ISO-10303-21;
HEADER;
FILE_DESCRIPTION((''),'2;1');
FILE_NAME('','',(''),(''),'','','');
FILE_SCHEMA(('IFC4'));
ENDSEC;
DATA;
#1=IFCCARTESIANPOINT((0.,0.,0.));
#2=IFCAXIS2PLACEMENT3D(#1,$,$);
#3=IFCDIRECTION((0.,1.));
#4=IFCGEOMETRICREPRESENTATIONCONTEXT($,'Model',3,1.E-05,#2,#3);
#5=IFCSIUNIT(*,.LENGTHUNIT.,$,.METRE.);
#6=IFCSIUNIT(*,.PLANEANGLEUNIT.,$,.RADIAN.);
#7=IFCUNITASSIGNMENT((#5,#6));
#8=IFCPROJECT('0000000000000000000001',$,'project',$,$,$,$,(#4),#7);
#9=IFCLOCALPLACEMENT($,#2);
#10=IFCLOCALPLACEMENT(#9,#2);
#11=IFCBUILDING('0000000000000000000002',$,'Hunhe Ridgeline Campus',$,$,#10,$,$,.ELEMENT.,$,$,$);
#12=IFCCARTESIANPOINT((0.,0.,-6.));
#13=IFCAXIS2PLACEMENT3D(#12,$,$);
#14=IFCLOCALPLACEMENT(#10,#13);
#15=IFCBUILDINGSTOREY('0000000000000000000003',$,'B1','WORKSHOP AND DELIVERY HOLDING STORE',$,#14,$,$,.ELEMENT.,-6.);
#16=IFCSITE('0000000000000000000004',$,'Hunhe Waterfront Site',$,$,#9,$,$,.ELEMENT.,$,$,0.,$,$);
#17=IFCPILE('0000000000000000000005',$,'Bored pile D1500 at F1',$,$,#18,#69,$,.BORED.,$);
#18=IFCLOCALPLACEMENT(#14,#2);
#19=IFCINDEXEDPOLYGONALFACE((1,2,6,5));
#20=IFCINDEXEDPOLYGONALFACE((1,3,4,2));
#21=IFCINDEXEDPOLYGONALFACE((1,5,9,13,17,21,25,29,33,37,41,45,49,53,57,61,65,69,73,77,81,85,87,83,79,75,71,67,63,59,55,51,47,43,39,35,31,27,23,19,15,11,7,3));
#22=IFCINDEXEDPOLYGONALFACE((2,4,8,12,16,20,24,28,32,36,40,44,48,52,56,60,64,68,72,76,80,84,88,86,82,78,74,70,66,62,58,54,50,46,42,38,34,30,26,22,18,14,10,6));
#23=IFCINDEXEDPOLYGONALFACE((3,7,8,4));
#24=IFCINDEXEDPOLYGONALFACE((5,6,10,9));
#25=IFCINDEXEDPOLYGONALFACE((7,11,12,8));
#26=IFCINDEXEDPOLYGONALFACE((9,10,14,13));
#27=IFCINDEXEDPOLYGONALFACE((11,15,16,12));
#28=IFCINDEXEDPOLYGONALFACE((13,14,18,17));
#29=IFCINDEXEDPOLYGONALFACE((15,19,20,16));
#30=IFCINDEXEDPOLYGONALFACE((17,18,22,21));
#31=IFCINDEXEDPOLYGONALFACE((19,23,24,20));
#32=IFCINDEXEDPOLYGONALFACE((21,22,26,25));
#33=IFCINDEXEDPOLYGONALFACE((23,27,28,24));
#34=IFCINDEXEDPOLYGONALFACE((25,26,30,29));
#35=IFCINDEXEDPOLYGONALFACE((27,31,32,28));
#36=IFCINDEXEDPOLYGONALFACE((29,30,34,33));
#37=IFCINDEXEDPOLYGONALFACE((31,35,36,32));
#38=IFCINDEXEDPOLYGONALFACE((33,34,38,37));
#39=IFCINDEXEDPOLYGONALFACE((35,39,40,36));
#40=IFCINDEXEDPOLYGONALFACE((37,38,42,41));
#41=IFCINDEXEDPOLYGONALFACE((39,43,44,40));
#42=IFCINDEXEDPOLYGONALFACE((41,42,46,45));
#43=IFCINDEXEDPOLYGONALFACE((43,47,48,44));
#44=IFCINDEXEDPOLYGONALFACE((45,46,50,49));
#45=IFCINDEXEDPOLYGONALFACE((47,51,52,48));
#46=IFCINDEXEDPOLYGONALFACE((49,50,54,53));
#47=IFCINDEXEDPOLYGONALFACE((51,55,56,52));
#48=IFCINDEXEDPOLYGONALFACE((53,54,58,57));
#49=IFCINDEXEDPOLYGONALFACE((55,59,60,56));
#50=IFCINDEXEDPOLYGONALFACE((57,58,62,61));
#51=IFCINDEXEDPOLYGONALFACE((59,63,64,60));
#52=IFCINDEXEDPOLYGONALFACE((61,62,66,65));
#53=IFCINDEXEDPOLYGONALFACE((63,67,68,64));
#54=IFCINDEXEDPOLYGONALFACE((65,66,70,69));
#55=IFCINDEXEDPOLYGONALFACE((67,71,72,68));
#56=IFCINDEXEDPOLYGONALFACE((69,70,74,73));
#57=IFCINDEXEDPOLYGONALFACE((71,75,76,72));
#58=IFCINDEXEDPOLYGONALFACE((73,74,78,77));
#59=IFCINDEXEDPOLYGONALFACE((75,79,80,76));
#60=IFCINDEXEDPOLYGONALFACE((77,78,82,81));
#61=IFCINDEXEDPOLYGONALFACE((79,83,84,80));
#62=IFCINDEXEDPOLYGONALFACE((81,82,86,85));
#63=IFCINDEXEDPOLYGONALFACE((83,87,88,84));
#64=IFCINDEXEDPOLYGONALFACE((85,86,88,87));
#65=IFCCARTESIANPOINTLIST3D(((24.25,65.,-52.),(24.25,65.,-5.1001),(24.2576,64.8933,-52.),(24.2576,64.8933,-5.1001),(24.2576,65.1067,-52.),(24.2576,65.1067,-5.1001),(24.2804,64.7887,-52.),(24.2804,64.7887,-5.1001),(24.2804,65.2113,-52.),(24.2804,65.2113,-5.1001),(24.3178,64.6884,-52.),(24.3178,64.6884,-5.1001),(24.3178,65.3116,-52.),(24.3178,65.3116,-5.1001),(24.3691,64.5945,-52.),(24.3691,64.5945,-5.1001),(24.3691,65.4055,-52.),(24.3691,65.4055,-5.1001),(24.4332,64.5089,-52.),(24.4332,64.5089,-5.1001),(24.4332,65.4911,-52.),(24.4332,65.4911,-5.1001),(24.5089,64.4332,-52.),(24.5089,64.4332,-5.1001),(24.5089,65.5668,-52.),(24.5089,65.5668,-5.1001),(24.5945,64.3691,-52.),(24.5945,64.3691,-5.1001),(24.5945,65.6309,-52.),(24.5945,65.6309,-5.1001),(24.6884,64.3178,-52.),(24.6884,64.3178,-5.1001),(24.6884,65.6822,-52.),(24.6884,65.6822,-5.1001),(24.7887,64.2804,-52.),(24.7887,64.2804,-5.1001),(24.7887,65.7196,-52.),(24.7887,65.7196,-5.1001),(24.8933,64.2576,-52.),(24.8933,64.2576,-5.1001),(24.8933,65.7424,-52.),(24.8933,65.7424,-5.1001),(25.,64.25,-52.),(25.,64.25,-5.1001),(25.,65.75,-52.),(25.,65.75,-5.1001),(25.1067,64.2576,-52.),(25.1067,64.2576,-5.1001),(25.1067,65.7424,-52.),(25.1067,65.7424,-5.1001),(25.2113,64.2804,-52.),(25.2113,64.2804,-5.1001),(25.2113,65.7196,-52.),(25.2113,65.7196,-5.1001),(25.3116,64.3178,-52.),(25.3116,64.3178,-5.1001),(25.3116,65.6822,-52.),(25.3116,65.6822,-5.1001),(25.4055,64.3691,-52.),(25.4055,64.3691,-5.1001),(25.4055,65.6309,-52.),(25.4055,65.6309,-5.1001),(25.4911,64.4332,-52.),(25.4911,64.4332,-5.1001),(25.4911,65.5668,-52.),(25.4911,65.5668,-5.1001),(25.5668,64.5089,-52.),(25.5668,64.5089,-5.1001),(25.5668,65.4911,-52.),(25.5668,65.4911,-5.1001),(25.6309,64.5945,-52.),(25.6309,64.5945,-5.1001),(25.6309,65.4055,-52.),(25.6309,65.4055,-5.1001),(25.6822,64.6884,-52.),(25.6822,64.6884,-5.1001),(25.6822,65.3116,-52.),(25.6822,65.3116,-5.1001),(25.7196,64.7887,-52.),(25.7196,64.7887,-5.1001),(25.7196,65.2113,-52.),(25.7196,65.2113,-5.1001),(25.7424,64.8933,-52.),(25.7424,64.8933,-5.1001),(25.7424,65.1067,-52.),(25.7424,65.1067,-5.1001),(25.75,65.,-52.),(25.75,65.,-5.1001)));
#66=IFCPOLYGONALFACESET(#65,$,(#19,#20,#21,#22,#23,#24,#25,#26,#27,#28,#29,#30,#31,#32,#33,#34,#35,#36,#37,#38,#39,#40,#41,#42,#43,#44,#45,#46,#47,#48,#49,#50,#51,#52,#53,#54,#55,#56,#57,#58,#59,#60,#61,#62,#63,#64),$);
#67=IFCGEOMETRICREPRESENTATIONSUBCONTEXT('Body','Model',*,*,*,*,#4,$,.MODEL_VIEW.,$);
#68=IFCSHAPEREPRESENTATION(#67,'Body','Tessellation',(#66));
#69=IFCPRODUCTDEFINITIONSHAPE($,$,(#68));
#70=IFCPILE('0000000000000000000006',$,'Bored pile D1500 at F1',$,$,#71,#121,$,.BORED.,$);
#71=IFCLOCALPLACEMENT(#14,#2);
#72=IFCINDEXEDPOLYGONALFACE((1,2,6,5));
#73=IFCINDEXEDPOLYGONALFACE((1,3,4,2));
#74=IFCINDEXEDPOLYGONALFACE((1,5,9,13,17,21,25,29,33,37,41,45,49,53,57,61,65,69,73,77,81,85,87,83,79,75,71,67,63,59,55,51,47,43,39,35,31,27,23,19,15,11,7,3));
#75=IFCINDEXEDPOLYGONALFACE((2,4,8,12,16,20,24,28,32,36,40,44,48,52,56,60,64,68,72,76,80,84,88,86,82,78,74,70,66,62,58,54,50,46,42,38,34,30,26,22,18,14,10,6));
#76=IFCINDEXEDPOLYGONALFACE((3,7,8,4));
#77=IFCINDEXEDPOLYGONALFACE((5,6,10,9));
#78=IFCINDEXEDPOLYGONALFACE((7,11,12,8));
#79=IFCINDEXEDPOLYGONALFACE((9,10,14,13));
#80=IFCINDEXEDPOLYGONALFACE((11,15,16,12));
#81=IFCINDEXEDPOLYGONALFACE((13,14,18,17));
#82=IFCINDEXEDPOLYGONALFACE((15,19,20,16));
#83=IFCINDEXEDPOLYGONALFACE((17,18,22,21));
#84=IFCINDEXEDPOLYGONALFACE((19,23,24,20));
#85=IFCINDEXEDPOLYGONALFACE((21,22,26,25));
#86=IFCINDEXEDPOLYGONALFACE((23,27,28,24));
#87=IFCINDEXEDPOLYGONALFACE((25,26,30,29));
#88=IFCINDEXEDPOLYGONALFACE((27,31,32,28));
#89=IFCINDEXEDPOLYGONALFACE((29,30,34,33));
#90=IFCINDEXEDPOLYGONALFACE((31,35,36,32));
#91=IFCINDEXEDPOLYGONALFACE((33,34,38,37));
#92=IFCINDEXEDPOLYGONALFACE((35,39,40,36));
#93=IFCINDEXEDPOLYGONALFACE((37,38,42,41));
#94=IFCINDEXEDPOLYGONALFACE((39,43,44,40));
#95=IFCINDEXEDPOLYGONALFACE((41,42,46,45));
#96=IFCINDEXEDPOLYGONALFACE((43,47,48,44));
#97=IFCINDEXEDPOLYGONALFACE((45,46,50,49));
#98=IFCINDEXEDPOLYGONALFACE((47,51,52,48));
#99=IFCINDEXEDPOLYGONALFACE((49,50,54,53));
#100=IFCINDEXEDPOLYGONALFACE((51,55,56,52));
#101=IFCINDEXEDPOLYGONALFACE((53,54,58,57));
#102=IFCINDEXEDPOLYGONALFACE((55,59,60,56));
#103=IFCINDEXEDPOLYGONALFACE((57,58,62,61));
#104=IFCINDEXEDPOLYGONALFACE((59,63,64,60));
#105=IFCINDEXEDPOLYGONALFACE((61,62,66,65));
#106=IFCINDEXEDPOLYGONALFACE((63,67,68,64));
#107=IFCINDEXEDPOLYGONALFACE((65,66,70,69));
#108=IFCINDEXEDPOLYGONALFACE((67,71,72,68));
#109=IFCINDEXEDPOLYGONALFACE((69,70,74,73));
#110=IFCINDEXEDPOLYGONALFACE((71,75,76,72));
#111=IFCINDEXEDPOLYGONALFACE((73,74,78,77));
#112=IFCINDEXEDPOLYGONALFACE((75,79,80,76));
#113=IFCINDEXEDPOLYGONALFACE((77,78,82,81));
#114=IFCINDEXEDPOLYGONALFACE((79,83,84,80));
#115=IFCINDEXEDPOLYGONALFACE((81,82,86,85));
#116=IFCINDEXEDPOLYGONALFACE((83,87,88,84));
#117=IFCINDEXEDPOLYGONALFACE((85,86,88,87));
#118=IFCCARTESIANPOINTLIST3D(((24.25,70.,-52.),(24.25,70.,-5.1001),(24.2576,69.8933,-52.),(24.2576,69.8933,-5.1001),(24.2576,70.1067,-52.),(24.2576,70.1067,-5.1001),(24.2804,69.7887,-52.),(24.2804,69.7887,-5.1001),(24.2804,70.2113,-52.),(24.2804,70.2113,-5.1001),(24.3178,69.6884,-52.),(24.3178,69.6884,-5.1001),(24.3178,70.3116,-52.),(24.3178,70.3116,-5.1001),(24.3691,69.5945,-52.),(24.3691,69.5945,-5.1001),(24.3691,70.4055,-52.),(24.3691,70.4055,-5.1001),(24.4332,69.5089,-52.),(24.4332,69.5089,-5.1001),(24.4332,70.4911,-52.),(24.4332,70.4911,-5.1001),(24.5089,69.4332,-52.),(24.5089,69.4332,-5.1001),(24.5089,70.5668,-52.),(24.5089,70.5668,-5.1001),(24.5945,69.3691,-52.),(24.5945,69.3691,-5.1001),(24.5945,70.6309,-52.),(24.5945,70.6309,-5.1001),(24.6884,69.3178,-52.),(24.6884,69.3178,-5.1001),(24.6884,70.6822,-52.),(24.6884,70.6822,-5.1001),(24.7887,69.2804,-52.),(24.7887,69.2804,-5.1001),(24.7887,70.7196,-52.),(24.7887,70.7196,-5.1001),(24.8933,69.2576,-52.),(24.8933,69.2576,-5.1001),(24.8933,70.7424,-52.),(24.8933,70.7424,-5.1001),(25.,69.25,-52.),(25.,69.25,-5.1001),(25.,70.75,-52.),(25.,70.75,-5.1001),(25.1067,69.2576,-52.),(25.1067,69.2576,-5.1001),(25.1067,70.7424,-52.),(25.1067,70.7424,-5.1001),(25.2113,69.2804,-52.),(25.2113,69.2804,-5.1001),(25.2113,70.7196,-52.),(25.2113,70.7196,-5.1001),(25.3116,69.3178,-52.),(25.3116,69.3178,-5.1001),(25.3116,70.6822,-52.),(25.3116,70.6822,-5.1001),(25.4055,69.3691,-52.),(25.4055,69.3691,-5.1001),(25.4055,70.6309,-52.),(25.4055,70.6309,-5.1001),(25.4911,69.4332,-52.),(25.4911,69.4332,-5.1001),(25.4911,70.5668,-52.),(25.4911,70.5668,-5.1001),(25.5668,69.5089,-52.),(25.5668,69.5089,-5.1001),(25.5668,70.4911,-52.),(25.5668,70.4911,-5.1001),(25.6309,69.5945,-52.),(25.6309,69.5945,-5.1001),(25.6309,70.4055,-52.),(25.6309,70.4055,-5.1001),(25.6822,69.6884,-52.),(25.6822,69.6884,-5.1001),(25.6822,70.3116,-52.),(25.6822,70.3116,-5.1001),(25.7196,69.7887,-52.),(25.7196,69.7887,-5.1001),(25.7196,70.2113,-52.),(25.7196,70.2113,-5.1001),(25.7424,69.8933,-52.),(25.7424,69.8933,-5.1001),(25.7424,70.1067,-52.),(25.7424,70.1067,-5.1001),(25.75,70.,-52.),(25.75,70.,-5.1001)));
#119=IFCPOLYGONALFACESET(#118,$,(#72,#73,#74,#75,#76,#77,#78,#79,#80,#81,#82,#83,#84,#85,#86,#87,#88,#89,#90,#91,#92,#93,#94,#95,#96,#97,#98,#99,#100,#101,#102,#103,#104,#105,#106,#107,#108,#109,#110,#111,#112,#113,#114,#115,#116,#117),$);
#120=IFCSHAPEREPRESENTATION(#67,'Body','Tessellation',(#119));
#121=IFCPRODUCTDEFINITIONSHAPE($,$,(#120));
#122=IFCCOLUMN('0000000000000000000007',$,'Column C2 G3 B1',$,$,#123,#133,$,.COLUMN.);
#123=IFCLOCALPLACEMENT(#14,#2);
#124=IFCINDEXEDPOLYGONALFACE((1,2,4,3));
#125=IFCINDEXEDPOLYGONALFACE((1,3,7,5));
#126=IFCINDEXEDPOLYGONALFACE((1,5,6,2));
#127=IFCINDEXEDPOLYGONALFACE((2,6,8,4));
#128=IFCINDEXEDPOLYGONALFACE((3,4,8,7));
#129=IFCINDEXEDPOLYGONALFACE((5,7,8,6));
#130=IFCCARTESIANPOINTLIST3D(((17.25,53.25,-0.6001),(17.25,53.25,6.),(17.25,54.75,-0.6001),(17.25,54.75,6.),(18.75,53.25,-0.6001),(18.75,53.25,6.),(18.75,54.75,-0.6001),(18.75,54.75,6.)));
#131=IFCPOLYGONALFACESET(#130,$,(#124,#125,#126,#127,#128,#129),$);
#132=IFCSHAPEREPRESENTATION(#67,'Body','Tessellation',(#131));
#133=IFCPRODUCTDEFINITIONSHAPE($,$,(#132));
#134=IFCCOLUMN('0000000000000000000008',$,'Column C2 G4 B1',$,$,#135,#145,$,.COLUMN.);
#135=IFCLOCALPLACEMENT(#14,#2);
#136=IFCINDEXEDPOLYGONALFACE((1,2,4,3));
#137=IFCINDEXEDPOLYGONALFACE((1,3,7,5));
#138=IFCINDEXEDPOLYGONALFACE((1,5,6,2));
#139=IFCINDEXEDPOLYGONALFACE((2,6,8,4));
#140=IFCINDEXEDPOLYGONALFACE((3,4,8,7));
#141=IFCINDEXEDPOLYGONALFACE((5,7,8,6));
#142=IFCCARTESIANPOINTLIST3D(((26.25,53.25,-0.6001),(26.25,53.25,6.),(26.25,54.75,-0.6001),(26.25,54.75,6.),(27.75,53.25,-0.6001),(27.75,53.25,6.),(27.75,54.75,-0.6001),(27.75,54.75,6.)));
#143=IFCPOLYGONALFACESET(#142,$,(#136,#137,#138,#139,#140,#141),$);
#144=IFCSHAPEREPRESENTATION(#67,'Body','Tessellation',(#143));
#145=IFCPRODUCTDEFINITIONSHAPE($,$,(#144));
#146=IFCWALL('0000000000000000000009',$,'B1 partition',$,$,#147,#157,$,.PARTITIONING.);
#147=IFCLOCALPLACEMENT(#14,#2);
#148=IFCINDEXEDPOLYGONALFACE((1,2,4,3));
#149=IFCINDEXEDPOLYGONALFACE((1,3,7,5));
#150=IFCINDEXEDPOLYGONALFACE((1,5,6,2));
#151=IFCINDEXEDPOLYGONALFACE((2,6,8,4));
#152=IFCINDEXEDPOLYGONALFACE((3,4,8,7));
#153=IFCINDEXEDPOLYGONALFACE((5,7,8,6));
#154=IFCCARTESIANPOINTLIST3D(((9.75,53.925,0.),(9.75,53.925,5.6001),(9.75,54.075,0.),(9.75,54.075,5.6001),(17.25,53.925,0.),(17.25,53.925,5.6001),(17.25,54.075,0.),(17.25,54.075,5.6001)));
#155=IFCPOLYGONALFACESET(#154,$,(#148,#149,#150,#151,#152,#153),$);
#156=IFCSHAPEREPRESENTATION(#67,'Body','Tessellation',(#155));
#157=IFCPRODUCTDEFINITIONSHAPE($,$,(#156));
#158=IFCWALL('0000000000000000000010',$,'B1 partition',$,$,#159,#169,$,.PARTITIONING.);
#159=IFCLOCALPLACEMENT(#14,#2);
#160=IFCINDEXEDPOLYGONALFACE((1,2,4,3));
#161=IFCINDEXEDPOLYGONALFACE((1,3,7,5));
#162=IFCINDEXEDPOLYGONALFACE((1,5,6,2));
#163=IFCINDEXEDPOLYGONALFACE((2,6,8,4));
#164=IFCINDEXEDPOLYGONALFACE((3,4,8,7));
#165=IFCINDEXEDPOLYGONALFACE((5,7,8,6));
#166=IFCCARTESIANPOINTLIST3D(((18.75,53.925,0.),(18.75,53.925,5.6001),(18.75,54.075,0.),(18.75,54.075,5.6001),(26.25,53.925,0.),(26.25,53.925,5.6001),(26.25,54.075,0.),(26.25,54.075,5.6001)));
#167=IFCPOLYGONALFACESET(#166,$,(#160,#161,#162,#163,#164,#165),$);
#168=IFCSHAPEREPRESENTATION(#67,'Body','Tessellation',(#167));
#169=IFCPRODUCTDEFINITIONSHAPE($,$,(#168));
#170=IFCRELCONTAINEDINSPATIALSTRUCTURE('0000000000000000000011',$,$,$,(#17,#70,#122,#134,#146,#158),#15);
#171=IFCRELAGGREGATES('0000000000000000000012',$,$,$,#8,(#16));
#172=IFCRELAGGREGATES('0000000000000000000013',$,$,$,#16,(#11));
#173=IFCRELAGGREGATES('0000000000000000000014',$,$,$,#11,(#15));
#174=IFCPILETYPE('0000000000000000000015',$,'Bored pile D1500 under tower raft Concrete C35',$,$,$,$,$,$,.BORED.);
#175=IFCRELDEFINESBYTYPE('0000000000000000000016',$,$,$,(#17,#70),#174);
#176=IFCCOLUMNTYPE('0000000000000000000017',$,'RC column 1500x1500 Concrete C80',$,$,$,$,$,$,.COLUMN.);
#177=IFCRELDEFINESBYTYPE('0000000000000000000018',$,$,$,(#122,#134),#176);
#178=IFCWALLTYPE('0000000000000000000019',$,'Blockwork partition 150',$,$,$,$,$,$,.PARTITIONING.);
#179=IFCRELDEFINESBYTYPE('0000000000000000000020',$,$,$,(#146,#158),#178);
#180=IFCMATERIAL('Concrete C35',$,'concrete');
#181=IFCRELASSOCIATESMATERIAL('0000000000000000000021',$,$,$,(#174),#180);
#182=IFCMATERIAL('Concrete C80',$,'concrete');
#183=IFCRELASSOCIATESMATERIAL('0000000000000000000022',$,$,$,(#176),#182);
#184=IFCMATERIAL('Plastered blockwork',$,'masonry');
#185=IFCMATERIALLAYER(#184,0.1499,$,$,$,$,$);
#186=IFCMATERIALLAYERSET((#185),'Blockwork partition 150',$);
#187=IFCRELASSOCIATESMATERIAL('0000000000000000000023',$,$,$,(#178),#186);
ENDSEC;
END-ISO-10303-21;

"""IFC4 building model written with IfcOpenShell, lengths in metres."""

from ifc_helpers import new_model, si_unit, direction, frame, frame_2d, origin, origin_2d, place, context, subcontext, project, spatial, rectangle, circle, extrude, material, layer, layer_set, material_profile, profile_set, type_object, element, save


model = new_model("IFC4")

# Units and contexts
model_context = context("Model", 3, precision=1e-05, world=origin(), true_north=direction((0.0, 1.0)))
body_context = subcontext(model_context, "Body", "Model", "MODEL_VIEW")
ifc_project = project(units=[si_unit("LENGTHUNIT", "METRE"), si_unit("PLANEANGLEUNIT", "RADIAN")], contexts=[model_context])

# Site, building, storey
site_placement = place(None, origin())
site = spatial("IfcSite", under=ifc_project, at=site_placement, Name="Hunhe Waterfront Site", CompositionType="ELEMENT", RefElevation=0.0)
building_placement = place(site_placement, origin())
building = spatial("IfcBuilding", under=site, at=building_placement, Name="Hunhe Ridgeline Campus", CompositionType="ELEMENT")
storey_placement = place(building_placement, frame((0.0, 0.0, -6.0)))
storey = spatial("IfcBuildingStorey", under=building, at=storey_placement, Name="B1", Description="WORKSHOP AND DELIVERY HOLDING STORE", CompositionType="ELEMENT", Elevation=-6.0)

# Piles
ifc_material_1 = material(Name="Concrete C35", Category="concrete")
ifc_material_profile_1 = material_profile(ifc_material_1, circle(Radius=0.75, at=origin_2d()))
ifc_profile_set_1 = profile_set([ifc_material_profile_1], Name="Concrete C35")
pile_type = type_object("IfcPileType", Name="Bored pile D1500 under tower raft Concrete C35", PredefinedType="BORED", material=ifc_profile_set_1)
for number, where, z_axis, x_axis, name in (
    (1, (25.0, 65.0, -5.1001), (0.0, 0.0, -1.0), (1.0, 0.0, 0.0), "Bored pile D1500 at F1"),
    (2, (25.0, 70.0, -5.1001), (0.0, 0.0, -1.0), (1.0, 0.0, 0.0), "Bored pile D1500 at F1"),
):
    element("IfcPile", number, at=place(storey_placement, frame(where, z_axis=z_axis, x_axis=x_axis)), inside=storey, type_object=pile_type, Name=name, PredefinedType="BORED", context=body_context, shape_type="SweptSolid", body=[
        extrude(circle(Radius=0.75, at=origin_2d()), origin(), (0.0, 0.0, 1.0), 46.8999),
    ])

# Columns
ifc_material_2 = material(Name="Concrete C80", Category="concrete")
ifc_material_profile_2 = material_profile(ifc_material_2, rectangle(XDim=1.5, YDim=1.5, at=origin_2d()))
ifc_profile_set_2 = profile_set([ifc_material_profile_2], Name="Concrete C80")
column_type = type_object("IfcColumnType", Name="RC column 1500x1500 Concrete C80", PredefinedType="COLUMN", material=ifc_profile_set_2)
for number, where, z_axis, x_axis, name in (
    (3, (18.0, 54.0, -0.6001), (0.0, 0.0, 1.0), (1.0, 0.0, 0.0), "Column C2 G3 B1"),
    (4, (27.0, 54.0, -0.6001), (0.0, 0.0, 1.0), (1.0, 0.0, 0.0), "Column C2 G4 B1"),
):
    element("IfcColumn", number, at=place(storey_placement, frame(where, z_axis=z_axis, x_axis=x_axis)), inside=storey, type_object=column_type, Name=name, PredefinedType="COLUMN", context=body_context, shape_type="SweptSolid", body=[
        extrude(rectangle(XDim=1.5, YDim=1.5, at=origin_2d()), origin(), (0.0, 0.0, 1.0), 6.6001),
    ])

# Walls
ifc_material_3 = material(Name="Plastered blockwork", Category="masonry")
ifc_layer_1 = layer(ifc_material_3, 0.1499)
ifc_layer_set_1 = layer_set([ifc_layer_1], Name="Blockwork partition 150")
wall_type_1 = type_object("IfcWallType", Name="Blockwork partition 150", PredefinedType="PARTITIONING", material=ifc_layer_set_1)
for number, where, z_axis, x_axis, name in (
    (5, (17.25, 54.0, 0.0), (0.0, 0.0, 1.0), (-1.0, 0.0, 0.0), "B1 partition"),
    (6, (26.25, 54.0, 0.0), (0.0, 0.0, 1.0), (-1.0, 0.0, 0.0), "B1 partition"),
):
    element("IfcWall", number, at=place(storey_placement, frame(where, z_axis=z_axis, x_axis=x_axis)), inside=storey, type_object=wall_type_1, Name=name, PredefinedType="PARTITIONING", context=body_context, shape_type="SweptSolid", body=[
        extrude(rectangle(XDim=7.5, YDim=0.1499, at=frame_2d((3.75, 0.0))), origin(), (0.0, 0.0, 1.0), 5.6001),
    ])

save(model, "model.ifc")
